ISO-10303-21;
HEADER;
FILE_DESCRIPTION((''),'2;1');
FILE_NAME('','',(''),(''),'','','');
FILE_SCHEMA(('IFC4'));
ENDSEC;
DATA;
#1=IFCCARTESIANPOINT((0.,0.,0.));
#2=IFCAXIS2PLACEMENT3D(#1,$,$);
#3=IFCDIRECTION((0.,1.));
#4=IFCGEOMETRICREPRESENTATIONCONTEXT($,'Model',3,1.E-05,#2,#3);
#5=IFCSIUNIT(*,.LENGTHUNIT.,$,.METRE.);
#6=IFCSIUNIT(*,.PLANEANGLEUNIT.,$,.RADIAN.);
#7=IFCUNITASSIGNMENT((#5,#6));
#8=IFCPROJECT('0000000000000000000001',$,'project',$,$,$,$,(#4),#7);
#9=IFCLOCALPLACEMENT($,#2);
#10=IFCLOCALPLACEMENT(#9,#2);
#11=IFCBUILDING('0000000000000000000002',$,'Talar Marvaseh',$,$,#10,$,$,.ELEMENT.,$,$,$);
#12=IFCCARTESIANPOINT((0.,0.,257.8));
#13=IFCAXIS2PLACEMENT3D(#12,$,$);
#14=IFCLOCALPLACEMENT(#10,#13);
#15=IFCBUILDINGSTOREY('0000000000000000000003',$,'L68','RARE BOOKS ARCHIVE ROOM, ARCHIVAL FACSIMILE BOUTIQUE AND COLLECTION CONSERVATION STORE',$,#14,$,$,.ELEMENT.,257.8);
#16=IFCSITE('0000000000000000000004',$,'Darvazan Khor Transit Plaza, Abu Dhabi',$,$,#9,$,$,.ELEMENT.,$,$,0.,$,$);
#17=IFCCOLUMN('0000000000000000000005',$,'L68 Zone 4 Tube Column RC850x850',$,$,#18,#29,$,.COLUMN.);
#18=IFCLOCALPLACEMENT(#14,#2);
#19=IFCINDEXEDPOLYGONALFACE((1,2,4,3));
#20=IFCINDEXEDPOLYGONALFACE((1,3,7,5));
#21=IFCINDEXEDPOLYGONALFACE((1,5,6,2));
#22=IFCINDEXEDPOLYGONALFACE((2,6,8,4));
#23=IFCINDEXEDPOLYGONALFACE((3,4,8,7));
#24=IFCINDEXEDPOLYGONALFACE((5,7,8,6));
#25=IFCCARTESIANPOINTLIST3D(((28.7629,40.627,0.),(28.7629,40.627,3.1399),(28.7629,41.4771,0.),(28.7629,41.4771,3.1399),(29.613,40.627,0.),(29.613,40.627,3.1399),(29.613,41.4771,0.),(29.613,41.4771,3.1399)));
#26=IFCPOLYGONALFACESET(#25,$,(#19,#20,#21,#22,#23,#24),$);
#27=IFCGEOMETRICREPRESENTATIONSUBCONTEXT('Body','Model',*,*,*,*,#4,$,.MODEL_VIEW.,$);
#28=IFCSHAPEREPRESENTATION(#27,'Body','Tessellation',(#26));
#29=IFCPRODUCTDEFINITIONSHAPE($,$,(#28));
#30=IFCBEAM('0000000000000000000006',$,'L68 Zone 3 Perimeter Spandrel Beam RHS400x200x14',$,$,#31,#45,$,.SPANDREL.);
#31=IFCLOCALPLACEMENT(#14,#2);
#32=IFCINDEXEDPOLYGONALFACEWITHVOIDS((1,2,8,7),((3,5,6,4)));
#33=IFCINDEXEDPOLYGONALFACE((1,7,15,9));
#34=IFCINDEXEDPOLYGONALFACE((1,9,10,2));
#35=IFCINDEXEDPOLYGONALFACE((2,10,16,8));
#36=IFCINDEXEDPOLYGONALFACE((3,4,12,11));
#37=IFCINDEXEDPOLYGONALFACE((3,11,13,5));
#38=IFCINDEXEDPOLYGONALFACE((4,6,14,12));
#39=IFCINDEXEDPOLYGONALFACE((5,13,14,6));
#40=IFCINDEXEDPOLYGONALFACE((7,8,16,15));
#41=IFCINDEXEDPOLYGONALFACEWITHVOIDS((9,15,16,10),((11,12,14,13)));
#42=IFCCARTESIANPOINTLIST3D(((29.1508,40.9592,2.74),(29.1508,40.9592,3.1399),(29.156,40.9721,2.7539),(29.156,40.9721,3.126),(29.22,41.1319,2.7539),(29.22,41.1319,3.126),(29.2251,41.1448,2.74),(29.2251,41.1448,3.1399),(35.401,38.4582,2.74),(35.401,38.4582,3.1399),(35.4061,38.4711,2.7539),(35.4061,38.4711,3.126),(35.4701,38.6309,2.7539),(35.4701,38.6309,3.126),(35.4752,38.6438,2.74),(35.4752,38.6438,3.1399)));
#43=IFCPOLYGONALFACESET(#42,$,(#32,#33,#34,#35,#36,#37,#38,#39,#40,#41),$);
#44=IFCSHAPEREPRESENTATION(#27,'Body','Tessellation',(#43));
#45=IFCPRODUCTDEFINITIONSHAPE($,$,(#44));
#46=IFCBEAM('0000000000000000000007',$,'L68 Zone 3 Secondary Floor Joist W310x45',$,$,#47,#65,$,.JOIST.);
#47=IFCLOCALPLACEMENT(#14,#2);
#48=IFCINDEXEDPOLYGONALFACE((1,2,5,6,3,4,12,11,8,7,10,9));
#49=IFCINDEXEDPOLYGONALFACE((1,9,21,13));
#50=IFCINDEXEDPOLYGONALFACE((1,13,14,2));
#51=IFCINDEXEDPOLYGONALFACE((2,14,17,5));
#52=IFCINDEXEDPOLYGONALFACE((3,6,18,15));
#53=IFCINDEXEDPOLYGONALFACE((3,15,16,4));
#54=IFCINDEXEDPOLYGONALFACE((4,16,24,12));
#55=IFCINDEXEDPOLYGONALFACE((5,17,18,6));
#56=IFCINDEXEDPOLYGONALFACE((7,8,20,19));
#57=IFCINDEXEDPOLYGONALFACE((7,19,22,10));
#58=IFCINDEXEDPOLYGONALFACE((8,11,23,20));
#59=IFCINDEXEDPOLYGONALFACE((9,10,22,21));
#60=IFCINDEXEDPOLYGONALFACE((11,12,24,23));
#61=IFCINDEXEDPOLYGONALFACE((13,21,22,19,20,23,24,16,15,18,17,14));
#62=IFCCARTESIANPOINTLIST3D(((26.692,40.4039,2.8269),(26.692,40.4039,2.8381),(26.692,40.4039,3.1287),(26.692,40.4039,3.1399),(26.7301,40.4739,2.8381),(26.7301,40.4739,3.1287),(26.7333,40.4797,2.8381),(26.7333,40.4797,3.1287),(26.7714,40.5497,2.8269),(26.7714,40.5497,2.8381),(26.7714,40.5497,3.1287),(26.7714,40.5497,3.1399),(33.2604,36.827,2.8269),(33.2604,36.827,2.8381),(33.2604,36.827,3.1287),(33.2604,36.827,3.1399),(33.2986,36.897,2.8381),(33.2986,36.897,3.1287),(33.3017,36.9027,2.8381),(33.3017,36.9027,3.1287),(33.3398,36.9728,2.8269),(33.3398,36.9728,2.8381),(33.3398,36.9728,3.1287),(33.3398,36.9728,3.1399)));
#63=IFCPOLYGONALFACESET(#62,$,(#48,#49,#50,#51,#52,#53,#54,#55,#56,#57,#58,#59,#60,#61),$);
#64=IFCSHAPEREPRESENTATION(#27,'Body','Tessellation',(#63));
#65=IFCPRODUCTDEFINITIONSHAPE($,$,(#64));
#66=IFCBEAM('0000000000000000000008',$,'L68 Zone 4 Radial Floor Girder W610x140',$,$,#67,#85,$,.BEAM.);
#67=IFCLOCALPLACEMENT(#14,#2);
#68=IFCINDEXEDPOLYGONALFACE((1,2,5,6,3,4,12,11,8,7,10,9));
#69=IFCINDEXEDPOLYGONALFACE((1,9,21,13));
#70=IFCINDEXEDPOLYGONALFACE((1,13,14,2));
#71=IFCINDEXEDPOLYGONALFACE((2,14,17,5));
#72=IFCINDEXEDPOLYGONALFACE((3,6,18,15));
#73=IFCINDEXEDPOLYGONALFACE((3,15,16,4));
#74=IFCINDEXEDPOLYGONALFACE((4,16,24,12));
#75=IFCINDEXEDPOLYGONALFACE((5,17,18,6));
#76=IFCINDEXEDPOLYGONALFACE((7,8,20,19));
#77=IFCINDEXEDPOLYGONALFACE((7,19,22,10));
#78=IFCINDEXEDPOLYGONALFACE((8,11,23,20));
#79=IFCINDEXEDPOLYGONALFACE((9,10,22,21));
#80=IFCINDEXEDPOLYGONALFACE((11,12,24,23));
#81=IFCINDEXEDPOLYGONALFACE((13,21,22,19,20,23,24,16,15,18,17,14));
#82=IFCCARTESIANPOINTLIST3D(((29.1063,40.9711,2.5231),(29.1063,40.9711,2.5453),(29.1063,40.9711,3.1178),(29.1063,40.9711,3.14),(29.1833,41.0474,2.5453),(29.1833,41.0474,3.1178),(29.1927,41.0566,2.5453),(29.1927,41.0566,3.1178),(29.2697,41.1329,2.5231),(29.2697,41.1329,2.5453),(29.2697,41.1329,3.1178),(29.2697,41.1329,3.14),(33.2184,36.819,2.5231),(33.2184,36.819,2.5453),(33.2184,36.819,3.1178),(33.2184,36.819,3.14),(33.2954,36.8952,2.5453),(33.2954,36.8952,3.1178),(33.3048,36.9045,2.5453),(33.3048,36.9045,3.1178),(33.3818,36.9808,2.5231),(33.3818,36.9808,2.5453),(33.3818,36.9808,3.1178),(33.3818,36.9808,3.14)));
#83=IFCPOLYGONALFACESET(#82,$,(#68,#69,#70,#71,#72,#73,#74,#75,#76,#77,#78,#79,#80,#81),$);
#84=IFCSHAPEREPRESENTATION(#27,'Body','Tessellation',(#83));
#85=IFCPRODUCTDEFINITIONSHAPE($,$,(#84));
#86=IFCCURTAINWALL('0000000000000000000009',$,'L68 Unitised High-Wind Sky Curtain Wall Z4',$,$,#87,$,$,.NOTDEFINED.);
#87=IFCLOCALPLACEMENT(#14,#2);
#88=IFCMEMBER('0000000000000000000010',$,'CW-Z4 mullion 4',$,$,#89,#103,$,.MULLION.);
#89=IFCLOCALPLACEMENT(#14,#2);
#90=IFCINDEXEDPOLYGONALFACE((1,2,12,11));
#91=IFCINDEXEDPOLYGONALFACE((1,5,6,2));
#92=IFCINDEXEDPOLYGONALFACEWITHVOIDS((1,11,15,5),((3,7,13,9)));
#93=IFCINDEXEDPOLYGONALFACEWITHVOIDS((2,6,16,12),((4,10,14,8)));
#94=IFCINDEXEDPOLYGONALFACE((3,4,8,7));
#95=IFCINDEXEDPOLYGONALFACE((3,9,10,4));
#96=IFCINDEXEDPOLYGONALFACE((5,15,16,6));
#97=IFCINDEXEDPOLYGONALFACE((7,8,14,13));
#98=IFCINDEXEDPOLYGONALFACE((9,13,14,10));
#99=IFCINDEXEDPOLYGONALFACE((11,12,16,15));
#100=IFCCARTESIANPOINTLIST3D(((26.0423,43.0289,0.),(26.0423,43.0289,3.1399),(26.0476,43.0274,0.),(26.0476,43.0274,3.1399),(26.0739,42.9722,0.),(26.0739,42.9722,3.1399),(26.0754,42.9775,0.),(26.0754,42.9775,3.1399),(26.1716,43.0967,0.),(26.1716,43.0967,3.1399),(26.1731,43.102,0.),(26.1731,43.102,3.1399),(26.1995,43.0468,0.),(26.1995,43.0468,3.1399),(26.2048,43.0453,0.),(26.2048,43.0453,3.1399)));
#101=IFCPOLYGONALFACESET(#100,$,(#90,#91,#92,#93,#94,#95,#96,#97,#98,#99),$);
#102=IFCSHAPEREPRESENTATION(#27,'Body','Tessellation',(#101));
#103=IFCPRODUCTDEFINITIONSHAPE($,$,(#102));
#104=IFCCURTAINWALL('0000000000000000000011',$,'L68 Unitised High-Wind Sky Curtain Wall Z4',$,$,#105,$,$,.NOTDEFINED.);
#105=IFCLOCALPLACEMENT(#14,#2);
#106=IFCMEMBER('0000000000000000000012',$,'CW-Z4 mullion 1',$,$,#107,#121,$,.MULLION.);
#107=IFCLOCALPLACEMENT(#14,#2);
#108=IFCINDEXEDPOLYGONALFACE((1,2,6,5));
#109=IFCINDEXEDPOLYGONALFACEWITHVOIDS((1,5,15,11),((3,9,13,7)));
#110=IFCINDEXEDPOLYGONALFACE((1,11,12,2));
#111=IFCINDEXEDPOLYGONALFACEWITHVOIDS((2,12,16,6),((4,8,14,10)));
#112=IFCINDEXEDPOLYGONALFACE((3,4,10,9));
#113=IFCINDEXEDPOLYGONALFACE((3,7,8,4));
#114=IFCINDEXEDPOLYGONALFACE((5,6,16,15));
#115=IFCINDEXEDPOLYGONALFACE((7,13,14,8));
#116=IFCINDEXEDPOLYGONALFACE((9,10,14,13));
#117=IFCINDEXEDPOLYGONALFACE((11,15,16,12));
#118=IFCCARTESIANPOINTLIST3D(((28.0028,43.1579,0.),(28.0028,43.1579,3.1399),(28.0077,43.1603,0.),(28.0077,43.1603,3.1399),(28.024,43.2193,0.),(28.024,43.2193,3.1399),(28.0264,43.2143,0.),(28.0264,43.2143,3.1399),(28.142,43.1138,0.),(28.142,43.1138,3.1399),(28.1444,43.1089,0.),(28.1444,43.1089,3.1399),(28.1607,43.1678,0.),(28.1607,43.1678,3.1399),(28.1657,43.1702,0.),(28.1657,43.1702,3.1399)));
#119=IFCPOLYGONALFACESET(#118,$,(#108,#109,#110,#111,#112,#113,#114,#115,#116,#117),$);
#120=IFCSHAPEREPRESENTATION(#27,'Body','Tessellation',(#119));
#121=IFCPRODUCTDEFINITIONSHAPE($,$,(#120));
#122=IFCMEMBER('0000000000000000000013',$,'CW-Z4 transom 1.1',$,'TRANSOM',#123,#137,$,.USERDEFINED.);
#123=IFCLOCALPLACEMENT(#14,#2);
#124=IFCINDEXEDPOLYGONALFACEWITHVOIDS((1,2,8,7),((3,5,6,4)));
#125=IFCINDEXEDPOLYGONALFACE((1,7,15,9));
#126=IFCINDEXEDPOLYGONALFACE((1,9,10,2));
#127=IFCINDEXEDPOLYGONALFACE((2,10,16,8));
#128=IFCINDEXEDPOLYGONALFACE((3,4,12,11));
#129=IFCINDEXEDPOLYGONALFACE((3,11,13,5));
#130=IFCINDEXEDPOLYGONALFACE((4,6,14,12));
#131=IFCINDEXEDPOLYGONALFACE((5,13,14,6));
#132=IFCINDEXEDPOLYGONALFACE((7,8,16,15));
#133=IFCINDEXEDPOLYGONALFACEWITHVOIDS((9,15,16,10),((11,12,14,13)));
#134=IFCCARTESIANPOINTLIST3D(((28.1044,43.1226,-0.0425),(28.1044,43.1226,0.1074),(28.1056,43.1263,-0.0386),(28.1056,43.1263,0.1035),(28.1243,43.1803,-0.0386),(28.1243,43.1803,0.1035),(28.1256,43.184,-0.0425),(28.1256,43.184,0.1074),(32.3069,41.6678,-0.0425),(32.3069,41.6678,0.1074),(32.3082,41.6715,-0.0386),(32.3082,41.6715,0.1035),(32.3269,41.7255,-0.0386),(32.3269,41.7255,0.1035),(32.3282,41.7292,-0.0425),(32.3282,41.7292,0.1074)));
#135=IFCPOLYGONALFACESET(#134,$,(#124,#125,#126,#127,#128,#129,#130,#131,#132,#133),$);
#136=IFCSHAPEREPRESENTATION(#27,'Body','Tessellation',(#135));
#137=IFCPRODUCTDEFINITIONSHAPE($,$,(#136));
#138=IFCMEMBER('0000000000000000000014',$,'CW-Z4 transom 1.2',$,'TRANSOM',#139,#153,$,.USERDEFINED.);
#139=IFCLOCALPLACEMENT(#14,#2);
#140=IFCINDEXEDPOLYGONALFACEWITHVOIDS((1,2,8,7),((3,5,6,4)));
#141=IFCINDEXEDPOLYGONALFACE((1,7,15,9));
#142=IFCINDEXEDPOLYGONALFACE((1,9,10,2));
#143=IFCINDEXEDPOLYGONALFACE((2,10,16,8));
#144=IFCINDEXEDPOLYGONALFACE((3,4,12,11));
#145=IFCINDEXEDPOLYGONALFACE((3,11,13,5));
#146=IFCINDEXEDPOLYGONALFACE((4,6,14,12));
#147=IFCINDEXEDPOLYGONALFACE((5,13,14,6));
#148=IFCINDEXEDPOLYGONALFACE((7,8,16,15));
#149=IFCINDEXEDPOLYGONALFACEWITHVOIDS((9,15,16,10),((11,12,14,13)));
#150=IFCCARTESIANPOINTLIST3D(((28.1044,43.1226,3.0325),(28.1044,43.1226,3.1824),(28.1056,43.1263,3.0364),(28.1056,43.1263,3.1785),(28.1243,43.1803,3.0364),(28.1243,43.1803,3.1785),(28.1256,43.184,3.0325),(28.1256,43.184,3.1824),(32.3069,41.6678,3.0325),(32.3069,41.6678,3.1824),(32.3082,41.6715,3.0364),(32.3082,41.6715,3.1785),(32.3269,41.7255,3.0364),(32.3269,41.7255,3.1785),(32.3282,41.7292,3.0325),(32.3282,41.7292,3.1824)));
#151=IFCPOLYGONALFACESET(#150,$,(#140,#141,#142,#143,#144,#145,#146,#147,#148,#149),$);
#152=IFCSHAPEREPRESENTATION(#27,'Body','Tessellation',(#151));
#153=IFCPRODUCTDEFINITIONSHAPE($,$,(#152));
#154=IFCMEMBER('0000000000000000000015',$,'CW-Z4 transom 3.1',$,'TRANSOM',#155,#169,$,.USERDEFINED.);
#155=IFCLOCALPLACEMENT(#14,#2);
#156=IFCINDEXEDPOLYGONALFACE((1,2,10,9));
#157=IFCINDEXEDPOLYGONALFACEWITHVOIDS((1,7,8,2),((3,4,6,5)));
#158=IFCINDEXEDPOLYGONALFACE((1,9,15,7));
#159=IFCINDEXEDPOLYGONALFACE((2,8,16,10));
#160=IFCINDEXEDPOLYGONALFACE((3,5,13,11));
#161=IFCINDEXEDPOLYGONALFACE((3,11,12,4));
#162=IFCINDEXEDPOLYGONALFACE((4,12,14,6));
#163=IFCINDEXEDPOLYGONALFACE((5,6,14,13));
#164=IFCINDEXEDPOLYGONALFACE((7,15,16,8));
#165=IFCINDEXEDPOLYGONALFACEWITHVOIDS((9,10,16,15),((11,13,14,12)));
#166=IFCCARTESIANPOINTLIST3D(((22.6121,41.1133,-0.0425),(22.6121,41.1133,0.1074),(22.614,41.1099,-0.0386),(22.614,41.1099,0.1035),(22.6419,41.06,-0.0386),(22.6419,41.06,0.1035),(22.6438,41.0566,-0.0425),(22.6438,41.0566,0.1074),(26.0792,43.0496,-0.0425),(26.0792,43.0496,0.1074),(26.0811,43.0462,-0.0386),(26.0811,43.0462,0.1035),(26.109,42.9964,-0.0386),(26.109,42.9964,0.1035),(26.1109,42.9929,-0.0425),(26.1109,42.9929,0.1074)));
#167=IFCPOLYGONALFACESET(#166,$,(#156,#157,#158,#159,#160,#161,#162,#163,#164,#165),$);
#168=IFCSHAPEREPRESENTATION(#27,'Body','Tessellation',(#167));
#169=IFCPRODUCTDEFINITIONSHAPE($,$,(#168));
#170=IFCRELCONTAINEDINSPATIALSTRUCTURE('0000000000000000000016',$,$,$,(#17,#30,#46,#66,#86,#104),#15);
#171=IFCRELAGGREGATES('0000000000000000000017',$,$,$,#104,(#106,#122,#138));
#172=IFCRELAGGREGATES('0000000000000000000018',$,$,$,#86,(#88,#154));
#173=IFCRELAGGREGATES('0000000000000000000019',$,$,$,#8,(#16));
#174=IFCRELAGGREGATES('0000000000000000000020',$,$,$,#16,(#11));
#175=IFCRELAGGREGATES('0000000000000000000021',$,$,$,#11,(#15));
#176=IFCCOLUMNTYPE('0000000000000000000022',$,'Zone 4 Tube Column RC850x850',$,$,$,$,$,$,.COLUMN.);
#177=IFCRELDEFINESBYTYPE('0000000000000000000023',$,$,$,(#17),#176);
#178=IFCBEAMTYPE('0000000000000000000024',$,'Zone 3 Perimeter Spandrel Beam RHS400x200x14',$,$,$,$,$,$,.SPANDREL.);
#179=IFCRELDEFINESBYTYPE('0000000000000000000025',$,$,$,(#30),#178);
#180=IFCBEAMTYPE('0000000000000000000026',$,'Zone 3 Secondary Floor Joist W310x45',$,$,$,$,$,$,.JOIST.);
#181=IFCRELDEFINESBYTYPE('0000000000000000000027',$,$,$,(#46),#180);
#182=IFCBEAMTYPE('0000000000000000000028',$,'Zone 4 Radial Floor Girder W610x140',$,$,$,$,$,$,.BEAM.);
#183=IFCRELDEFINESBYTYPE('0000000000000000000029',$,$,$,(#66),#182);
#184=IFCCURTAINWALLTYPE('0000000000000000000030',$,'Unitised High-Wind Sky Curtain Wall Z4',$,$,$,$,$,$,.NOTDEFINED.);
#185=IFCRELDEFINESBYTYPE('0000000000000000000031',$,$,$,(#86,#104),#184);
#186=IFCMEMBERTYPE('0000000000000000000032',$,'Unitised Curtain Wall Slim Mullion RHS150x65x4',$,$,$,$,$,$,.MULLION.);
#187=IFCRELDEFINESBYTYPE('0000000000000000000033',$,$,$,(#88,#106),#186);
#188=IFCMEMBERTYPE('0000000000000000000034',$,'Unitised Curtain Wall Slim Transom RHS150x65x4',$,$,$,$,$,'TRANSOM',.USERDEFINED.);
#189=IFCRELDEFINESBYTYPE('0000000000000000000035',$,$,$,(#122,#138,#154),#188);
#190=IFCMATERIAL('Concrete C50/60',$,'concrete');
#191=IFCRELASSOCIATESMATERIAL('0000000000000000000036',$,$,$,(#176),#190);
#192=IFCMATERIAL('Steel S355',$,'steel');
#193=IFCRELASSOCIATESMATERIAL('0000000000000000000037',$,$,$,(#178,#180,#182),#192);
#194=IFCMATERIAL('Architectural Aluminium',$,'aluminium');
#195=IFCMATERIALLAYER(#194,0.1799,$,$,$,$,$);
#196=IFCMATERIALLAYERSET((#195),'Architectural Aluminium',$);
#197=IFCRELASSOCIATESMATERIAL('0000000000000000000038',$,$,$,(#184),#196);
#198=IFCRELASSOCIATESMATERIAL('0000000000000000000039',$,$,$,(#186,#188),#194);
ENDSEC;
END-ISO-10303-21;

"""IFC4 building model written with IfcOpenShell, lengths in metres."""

from ifc_helpers import new_model, si_unit, direction, frame, origin, origin_2d, place, context, subcontext, project, spatial, rectangle, hollow_rectangle, i_section, extrude, source, transform, mapped, material, layer, layer_set, material_profile, profile_set, type_object, type_shapes, element, aggregate, save


model = new_model("IFC4")

# Units and contexts
model_context = context("Model", 3, precision=1e-05, world=origin(), true_north=direction((0.0, 1.0)))
body_context = subcontext(model_context, "Body", "Model", "MODEL_VIEW")
ifc_project = project(units=[si_unit("LENGTHUNIT", "METRE"), si_unit("PLANEANGLEUNIT", "RADIAN")], contexts=[model_context])

# Site, building, storey
site_placement = place(None, origin())
site = spatial("IfcSite", under=ifc_project, at=site_placement, Name="Darvazan Khor Transit Plaza, Abu Dhabi", CompositionType="ELEMENT", RefElevation=0.0)
building_placement = place(site_placement, origin())
building = spatial("IfcBuilding", under=site, at=building_placement, Name="Talar Marvaseh", CompositionType="ELEMENT")
storey_placement = place(building_placement, frame((0.0, 0.0, 257.8)))
storey = spatial("IfcBuildingStorey", under=building, at=storey_placement, Name="L68", Description="RARE BOOKS ARCHIVE ROOM, ARCHIVAL FACSIMILE BOUTIQUE AND COLLECTION CONSERVATION STORE", CompositionType="ELEMENT", Elevation=257.8)

# Column
ifc_material_1 = material(Name="Concrete C50/60", Category="concrete")
ifc_material_profile_1 = material_profile(ifc_material_1, rectangle(XDim=0.8501, YDim=0.8501, at=origin_2d()), Name="RC850x850")
ifc_profile_set_1 = profile_set([ifc_material_profile_1], Name="Concrete C50/60")
column_type = type_object("IfcColumnType", Name="Zone 4 Tube Column RC850x850", PredefinedType="COLUMN", material=ifc_profile_set_1)
column_placement = place(storey_placement, frame((29.188, 41.052, 0.0), z_axis=(0.0, 0.0, 1.0), x_axis=(1.0, 0.0, 0.0)))
element("IfcColumn", 1, at=column_placement, inside=storey, type_object=column_type, Name="L68 Zone 4 Tube Column RC850x850", PredefinedType="COLUMN", context=body_context, shape_type="SweptSolid", body=[
    extrude(rectangle(XDim=0.8501, YDim=0.8501, at=origin_2d()), origin(), (0.0, 0.0, 1.0), 3.1399),
])

# Beams
ifc_material_2 = material(Name="Steel S355", Category="steel")
ifc_material_profile_2 = material_profile(ifc_material_2, hollow_rectangle(XDim=0.2, YDim=0.3999, WallThickness=0.0139, at=origin_2d()), Name="RHS400x200x14")
ifc_profile_set_2 = profile_set([ifc_material_profile_2], Name="Steel S355")
beam_type_1 = type_object("IfcBeamType", Name="Zone 3 Perimeter Spandrel Beam RHS400x200x14", PredefinedType="SPANDREL", material=ifc_profile_set_2)
beam_1_placement = place(storey_placement, frame((29.188, 41.052, 2.9399), z_axis=(0.928427, -0.371516, 0.0), x_axis=(0.371516, 0.928427, 0.0)))
element("IfcBeam", 2, at=beam_1_placement, inside=storey, type_object=beam_type_1, Name="L68 Zone 3 Perimeter Spandrel Beam RHS400x200x14", PredefinedType="SPANDREL", context=body_context, shape_type="SweptSolid", body=[
    extrude(hollow_rectangle(XDim=0.2, YDim=0.3999, WallThickness=0.0139, at=origin_2d()), origin(), (0.0, 0.0, 1.0), 6.7319),
])
ifc_material_profile_3 = material_profile(ifc_material_2, i_section(OverallWidth=0.166, OverallDepth=0.313, WebThickness=0.0066, FlangeThickness=0.0112, at=origin_2d()), Name="W310x45")
ifc_profile_set_3 = profile_set([ifc_material_profile_3], Name="Steel S355")
beam_type_2 = type_object("IfcBeamType", Name="Zone 3 Secondary Floor Joist W310x45", PredefinedType="JOIST", material=ifc_profile_set_3)
beam_2_placement = place(storey_placement, frame((26.7317, 40.4768, 2.9834), z_axis=(0.878223, -0.478251, 0.0), x_axis=(0.478251, 0.878223, 0.0)))
element("IfcBeam", 3, at=beam_2_placement, inside=storey, type_object=beam_type_2, Name="L68 Zone 3 Secondary Floor Joist W310x45", PredefinedType="JOIST", context=body_context, shape_type="SweptSolid", body=[
    extrude(i_section(OverallWidth=0.166, OverallDepth=0.313, WebThickness=0.0066, FlangeThickness=0.0112, at=origin_2d()), origin(), (0.0, 0.0, 1.0), 7.4792),
])
ifc_material_profile_4 = material_profile(ifc_material_2, i_section(OverallWidth=0.23, OverallDepth=0.6169, WebThickness=0.0132, FlangeThickness=0.0222, at=origin_2d()), Name="W610x140")
ifc_profile_set_4 = profile_set([ifc_material_profile_4], Name="Steel S355")
beam_type_3 = type_object("IfcBeamType", Name="Zone 4 Radial Floor Girder W610x140", PredefinedType="BEAM", material=ifc_profile_set_4)
beam_3_placement = place(storey_placement, frame((29.188, 41.052, 2.8315), z_axis=(0.703673, -0.710524, 0.0), x_axis=(0.710524, 0.703673, 0.0)))
element("IfcBeam", 4, at=beam_3_placement, inside=storey, type_object=beam_type_3, Name="L68 Zone 4 Radial Floor Girder W610x140", PredefinedType="BEAM", context=body_context, shape_type="SweptSolid", body=[
    extrude(i_section(OverallWidth=0.23, OverallDepth=0.6169, WebThickness=0.0132, FlangeThickness=0.0222, at=origin_2d()), origin(), (0.0, 0.0, 1.0), 5.8438),
])

# Curtain wall, member
ifc_material_3 = material(Name="Architectural Aluminium", Category="aluminium")
ifc_layer_1 = layer(ifc_material_3, 0.1799)
ifc_layer_set_1 = layer_set([ifc_layer_1], Name="Architectural Aluminium")
curtain_wall_type = type_object("IfcCurtainWallType", Name="Unitised High-Wind Sky Curtain Wall Z4", PredefinedType="NOTDEFINED", material=ifc_layer_set_1)
curtain_wall_1_placement = place(storey_placement, origin())
curtain_wall_1 = element("IfcCurtainWall", 5, at=curtain_wall_1_placement, inside=storey, type_object=curtain_wall_type, Name="L68 Unitised High-Wind Sky Curtain Wall Z4", PredefinedType="NOTDEFINED")
ifc_material_profile_5 = material_profile(ifc_material_3, hollow_rectangle(XDim=0.0649, YDim=0.1499, WallThickness=0.0039, at=origin_2d()), Name="RHS150x65x4")
ifc_profile_set_5 = profile_set([ifc_material_profile_5], Name="Architectural Aluminium")
member_type_1 = type_object("IfcMemberType", Name="Unitised Curtain Wall Slim Mullion RHS150x65x4", PredefinedType="MULLION", material=ifc_profile_set_5)
shared_shape_1 = source(origin(), body_context, "Body", "SweptSolid", [
    extrude(hollow_rectangle(XDim=0.0649, YDim=0.1499, WallThickness=0.0039, at=origin_2d()), origin(), (0.0, 0.0, 1.0), 3.1399),
])
type_shapes(member_type_1, [shared_shape_1])
member_1_placement = place(storey_placement, frame((26.1235, 43.0371, 0.0), z_axis=(0.0, 0.0, 1.0), x_axis=(-0.487589, 0.873073, 0.0)))
member_1 = element("IfcMember", 6, at=member_1_placement, type_object=member_type_1, Name="CW-Z4 mullion 4", PredefinedType="MULLION", context=body_context, shape_type="MappedRepresentation", body=[
    mapped(shared_shape_1, transform((0.0, 0.0, 0.0), x_axis=(1.0, 0.0, 0.0), y_axis=(0.0, 1.0, 0.0), z_axis=(0.0, 0.0, 1.0), scale=1.0)),
])

# Curtain wall, members
curtain_wall_2_placement = place(storey_placement, origin())
curtain_wall_2 = element("IfcCurtainWall", 7, at=curtain_wall_2_placement, inside=storey, type_object=curtain_wall_type, Name="L68 Unitised High-Wind Sky Curtain Wall Z4", PredefinedType="NOTDEFINED")
member_2_placement = place(storey_placement, frame((28.0842, 43.1641, 0.0), z_axis=(0.0, 0.0, 1.0), x_axis=(0.327151, 0.944972, 0.0)))
member_2 = element("IfcMember", 8, at=member_2_placement, type_object=member_type_1, Name="CW-Z4 mullion 1", PredefinedType="MULLION", context=body_context, shape_type="MappedRepresentation", body=[
    mapped(shared_shape_1, transform((0.0, 0.0, 0.0), x_axis=(1.0, 0.0, 0.0), y_axis=(0.0, 1.0, 0.0), z_axis=(0.0, 0.0, 1.0), scale=1.0)),
])
ifc_material_profile_6 = material_profile(ifc_material_3, hollow_rectangle(XDim=0.0649, YDim=0.1499, WallThickness=0.0039, at=origin_2d()), Name="RHS150x65x4")
ifc_profile_set_6 = profile_set([ifc_material_profile_6], Name="Architectural Aluminium")
member_type_2 = type_object("IfcMemberType", Name="Unitised Curtain Wall Slim Transom RHS150x65x4", ElementType="TRANSOM", PredefinedType="USERDEFINED", material=ifc_profile_set_6)
shared_shape_2 = source(origin(), body_context, "Body", "SweptSolid", [
    extrude(hollow_rectangle(XDim=0.0649, YDim=0.1499, WallThickness=0.0039, at=origin_2d()), origin(), (0.0, 0.0, 1.0), 4.4473),
])
member_3_placement = place(storey_placement, frame((28.115, 43.1533, 0.0325), z_axis=(0.944981, -0.327126, 0.0), x_axis=(0.327126, 0.944981, 0.0)))
member_3 = element("IfcMember", 9, at=member_3_placement, type_object=member_type_2, Name="CW-Z4 transom 1.1", ObjectType="TRANSOM", PredefinedType="USERDEFINED", context=body_context, shape_type="MappedRepresentation", body=[
    mapped(shared_shape_2, transform((0.0, 0.0, 0.0), x_axis=(1.0, 0.0, 0.0), y_axis=(0.0, 1.0, 0.0), z_axis=(0.0, 0.0, 1.0), scale=1.0)),
])
member_4_placement = place(storey_placement, frame((28.115, 43.1533, 3.1074), z_axis=(0.944981, -0.327126, 0.0), x_axis=(0.327126, 0.944981, 0.0)))
member_4 = element("IfcMember", 10, at=member_4_placement, type_object=member_type_2, Name="CW-Z4 transom 1.2", ObjectType="TRANSOM", PredefinedType="USERDEFINED", context=body_context, shape_type="MappedRepresentation", body=[
    mapped(shared_shape_2, transform((0.0, 0.0, 0.0), x_axis=(1.0, 0.0, 0.0), y_axis=(0.0, 1.0, 0.0), z_axis=(0.0, 0.0, 1.0), scale=1.0)),
])

# Member
shared_shape_3 = source(origin(), body_context, "Body", "SweptSolid", [
    extrude(hollow_rectangle(XDim=0.0649, YDim=0.1499, WallThickness=0.0039, at=origin_2d()), origin(), (0.0, 0.0, 1.0), 3.9712),
])
type_shapes(member_type_2, [shared_shape_2, shared_shape_3])
member_5_placement = place(storey_placement, frame((22.6279, 41.085, 0.0325), z_axis=(0.873071, 0.487594, 0.0), x_axis=(-0.487594, 0.873071, 0.0)))
member_5 = element("IfcMember", 11, at=member_5_placement, type_object=member_type_2, Name="CW-Z4 transom 3.1", ObjectType="TRANSOM", PredefinedType="USERDEFINED", context=body_context, shape_type="MappedRepresentation", body=[
    mapped(shared_shape_3, transform((0.0, 0.0, 0.0), x_axis=(1.0, 0.0, 0.0), y_axis=(0.0, 1.0, 0.0), z_axis=(0.0, 0.0, 1.0), scale=1.0)),
])

aggregate(curtain_wall_2, [member_2, member_3, member_4])
aggregate(curtain_wall_1, [member_1, member_5])

save(model, "model.ifc")
